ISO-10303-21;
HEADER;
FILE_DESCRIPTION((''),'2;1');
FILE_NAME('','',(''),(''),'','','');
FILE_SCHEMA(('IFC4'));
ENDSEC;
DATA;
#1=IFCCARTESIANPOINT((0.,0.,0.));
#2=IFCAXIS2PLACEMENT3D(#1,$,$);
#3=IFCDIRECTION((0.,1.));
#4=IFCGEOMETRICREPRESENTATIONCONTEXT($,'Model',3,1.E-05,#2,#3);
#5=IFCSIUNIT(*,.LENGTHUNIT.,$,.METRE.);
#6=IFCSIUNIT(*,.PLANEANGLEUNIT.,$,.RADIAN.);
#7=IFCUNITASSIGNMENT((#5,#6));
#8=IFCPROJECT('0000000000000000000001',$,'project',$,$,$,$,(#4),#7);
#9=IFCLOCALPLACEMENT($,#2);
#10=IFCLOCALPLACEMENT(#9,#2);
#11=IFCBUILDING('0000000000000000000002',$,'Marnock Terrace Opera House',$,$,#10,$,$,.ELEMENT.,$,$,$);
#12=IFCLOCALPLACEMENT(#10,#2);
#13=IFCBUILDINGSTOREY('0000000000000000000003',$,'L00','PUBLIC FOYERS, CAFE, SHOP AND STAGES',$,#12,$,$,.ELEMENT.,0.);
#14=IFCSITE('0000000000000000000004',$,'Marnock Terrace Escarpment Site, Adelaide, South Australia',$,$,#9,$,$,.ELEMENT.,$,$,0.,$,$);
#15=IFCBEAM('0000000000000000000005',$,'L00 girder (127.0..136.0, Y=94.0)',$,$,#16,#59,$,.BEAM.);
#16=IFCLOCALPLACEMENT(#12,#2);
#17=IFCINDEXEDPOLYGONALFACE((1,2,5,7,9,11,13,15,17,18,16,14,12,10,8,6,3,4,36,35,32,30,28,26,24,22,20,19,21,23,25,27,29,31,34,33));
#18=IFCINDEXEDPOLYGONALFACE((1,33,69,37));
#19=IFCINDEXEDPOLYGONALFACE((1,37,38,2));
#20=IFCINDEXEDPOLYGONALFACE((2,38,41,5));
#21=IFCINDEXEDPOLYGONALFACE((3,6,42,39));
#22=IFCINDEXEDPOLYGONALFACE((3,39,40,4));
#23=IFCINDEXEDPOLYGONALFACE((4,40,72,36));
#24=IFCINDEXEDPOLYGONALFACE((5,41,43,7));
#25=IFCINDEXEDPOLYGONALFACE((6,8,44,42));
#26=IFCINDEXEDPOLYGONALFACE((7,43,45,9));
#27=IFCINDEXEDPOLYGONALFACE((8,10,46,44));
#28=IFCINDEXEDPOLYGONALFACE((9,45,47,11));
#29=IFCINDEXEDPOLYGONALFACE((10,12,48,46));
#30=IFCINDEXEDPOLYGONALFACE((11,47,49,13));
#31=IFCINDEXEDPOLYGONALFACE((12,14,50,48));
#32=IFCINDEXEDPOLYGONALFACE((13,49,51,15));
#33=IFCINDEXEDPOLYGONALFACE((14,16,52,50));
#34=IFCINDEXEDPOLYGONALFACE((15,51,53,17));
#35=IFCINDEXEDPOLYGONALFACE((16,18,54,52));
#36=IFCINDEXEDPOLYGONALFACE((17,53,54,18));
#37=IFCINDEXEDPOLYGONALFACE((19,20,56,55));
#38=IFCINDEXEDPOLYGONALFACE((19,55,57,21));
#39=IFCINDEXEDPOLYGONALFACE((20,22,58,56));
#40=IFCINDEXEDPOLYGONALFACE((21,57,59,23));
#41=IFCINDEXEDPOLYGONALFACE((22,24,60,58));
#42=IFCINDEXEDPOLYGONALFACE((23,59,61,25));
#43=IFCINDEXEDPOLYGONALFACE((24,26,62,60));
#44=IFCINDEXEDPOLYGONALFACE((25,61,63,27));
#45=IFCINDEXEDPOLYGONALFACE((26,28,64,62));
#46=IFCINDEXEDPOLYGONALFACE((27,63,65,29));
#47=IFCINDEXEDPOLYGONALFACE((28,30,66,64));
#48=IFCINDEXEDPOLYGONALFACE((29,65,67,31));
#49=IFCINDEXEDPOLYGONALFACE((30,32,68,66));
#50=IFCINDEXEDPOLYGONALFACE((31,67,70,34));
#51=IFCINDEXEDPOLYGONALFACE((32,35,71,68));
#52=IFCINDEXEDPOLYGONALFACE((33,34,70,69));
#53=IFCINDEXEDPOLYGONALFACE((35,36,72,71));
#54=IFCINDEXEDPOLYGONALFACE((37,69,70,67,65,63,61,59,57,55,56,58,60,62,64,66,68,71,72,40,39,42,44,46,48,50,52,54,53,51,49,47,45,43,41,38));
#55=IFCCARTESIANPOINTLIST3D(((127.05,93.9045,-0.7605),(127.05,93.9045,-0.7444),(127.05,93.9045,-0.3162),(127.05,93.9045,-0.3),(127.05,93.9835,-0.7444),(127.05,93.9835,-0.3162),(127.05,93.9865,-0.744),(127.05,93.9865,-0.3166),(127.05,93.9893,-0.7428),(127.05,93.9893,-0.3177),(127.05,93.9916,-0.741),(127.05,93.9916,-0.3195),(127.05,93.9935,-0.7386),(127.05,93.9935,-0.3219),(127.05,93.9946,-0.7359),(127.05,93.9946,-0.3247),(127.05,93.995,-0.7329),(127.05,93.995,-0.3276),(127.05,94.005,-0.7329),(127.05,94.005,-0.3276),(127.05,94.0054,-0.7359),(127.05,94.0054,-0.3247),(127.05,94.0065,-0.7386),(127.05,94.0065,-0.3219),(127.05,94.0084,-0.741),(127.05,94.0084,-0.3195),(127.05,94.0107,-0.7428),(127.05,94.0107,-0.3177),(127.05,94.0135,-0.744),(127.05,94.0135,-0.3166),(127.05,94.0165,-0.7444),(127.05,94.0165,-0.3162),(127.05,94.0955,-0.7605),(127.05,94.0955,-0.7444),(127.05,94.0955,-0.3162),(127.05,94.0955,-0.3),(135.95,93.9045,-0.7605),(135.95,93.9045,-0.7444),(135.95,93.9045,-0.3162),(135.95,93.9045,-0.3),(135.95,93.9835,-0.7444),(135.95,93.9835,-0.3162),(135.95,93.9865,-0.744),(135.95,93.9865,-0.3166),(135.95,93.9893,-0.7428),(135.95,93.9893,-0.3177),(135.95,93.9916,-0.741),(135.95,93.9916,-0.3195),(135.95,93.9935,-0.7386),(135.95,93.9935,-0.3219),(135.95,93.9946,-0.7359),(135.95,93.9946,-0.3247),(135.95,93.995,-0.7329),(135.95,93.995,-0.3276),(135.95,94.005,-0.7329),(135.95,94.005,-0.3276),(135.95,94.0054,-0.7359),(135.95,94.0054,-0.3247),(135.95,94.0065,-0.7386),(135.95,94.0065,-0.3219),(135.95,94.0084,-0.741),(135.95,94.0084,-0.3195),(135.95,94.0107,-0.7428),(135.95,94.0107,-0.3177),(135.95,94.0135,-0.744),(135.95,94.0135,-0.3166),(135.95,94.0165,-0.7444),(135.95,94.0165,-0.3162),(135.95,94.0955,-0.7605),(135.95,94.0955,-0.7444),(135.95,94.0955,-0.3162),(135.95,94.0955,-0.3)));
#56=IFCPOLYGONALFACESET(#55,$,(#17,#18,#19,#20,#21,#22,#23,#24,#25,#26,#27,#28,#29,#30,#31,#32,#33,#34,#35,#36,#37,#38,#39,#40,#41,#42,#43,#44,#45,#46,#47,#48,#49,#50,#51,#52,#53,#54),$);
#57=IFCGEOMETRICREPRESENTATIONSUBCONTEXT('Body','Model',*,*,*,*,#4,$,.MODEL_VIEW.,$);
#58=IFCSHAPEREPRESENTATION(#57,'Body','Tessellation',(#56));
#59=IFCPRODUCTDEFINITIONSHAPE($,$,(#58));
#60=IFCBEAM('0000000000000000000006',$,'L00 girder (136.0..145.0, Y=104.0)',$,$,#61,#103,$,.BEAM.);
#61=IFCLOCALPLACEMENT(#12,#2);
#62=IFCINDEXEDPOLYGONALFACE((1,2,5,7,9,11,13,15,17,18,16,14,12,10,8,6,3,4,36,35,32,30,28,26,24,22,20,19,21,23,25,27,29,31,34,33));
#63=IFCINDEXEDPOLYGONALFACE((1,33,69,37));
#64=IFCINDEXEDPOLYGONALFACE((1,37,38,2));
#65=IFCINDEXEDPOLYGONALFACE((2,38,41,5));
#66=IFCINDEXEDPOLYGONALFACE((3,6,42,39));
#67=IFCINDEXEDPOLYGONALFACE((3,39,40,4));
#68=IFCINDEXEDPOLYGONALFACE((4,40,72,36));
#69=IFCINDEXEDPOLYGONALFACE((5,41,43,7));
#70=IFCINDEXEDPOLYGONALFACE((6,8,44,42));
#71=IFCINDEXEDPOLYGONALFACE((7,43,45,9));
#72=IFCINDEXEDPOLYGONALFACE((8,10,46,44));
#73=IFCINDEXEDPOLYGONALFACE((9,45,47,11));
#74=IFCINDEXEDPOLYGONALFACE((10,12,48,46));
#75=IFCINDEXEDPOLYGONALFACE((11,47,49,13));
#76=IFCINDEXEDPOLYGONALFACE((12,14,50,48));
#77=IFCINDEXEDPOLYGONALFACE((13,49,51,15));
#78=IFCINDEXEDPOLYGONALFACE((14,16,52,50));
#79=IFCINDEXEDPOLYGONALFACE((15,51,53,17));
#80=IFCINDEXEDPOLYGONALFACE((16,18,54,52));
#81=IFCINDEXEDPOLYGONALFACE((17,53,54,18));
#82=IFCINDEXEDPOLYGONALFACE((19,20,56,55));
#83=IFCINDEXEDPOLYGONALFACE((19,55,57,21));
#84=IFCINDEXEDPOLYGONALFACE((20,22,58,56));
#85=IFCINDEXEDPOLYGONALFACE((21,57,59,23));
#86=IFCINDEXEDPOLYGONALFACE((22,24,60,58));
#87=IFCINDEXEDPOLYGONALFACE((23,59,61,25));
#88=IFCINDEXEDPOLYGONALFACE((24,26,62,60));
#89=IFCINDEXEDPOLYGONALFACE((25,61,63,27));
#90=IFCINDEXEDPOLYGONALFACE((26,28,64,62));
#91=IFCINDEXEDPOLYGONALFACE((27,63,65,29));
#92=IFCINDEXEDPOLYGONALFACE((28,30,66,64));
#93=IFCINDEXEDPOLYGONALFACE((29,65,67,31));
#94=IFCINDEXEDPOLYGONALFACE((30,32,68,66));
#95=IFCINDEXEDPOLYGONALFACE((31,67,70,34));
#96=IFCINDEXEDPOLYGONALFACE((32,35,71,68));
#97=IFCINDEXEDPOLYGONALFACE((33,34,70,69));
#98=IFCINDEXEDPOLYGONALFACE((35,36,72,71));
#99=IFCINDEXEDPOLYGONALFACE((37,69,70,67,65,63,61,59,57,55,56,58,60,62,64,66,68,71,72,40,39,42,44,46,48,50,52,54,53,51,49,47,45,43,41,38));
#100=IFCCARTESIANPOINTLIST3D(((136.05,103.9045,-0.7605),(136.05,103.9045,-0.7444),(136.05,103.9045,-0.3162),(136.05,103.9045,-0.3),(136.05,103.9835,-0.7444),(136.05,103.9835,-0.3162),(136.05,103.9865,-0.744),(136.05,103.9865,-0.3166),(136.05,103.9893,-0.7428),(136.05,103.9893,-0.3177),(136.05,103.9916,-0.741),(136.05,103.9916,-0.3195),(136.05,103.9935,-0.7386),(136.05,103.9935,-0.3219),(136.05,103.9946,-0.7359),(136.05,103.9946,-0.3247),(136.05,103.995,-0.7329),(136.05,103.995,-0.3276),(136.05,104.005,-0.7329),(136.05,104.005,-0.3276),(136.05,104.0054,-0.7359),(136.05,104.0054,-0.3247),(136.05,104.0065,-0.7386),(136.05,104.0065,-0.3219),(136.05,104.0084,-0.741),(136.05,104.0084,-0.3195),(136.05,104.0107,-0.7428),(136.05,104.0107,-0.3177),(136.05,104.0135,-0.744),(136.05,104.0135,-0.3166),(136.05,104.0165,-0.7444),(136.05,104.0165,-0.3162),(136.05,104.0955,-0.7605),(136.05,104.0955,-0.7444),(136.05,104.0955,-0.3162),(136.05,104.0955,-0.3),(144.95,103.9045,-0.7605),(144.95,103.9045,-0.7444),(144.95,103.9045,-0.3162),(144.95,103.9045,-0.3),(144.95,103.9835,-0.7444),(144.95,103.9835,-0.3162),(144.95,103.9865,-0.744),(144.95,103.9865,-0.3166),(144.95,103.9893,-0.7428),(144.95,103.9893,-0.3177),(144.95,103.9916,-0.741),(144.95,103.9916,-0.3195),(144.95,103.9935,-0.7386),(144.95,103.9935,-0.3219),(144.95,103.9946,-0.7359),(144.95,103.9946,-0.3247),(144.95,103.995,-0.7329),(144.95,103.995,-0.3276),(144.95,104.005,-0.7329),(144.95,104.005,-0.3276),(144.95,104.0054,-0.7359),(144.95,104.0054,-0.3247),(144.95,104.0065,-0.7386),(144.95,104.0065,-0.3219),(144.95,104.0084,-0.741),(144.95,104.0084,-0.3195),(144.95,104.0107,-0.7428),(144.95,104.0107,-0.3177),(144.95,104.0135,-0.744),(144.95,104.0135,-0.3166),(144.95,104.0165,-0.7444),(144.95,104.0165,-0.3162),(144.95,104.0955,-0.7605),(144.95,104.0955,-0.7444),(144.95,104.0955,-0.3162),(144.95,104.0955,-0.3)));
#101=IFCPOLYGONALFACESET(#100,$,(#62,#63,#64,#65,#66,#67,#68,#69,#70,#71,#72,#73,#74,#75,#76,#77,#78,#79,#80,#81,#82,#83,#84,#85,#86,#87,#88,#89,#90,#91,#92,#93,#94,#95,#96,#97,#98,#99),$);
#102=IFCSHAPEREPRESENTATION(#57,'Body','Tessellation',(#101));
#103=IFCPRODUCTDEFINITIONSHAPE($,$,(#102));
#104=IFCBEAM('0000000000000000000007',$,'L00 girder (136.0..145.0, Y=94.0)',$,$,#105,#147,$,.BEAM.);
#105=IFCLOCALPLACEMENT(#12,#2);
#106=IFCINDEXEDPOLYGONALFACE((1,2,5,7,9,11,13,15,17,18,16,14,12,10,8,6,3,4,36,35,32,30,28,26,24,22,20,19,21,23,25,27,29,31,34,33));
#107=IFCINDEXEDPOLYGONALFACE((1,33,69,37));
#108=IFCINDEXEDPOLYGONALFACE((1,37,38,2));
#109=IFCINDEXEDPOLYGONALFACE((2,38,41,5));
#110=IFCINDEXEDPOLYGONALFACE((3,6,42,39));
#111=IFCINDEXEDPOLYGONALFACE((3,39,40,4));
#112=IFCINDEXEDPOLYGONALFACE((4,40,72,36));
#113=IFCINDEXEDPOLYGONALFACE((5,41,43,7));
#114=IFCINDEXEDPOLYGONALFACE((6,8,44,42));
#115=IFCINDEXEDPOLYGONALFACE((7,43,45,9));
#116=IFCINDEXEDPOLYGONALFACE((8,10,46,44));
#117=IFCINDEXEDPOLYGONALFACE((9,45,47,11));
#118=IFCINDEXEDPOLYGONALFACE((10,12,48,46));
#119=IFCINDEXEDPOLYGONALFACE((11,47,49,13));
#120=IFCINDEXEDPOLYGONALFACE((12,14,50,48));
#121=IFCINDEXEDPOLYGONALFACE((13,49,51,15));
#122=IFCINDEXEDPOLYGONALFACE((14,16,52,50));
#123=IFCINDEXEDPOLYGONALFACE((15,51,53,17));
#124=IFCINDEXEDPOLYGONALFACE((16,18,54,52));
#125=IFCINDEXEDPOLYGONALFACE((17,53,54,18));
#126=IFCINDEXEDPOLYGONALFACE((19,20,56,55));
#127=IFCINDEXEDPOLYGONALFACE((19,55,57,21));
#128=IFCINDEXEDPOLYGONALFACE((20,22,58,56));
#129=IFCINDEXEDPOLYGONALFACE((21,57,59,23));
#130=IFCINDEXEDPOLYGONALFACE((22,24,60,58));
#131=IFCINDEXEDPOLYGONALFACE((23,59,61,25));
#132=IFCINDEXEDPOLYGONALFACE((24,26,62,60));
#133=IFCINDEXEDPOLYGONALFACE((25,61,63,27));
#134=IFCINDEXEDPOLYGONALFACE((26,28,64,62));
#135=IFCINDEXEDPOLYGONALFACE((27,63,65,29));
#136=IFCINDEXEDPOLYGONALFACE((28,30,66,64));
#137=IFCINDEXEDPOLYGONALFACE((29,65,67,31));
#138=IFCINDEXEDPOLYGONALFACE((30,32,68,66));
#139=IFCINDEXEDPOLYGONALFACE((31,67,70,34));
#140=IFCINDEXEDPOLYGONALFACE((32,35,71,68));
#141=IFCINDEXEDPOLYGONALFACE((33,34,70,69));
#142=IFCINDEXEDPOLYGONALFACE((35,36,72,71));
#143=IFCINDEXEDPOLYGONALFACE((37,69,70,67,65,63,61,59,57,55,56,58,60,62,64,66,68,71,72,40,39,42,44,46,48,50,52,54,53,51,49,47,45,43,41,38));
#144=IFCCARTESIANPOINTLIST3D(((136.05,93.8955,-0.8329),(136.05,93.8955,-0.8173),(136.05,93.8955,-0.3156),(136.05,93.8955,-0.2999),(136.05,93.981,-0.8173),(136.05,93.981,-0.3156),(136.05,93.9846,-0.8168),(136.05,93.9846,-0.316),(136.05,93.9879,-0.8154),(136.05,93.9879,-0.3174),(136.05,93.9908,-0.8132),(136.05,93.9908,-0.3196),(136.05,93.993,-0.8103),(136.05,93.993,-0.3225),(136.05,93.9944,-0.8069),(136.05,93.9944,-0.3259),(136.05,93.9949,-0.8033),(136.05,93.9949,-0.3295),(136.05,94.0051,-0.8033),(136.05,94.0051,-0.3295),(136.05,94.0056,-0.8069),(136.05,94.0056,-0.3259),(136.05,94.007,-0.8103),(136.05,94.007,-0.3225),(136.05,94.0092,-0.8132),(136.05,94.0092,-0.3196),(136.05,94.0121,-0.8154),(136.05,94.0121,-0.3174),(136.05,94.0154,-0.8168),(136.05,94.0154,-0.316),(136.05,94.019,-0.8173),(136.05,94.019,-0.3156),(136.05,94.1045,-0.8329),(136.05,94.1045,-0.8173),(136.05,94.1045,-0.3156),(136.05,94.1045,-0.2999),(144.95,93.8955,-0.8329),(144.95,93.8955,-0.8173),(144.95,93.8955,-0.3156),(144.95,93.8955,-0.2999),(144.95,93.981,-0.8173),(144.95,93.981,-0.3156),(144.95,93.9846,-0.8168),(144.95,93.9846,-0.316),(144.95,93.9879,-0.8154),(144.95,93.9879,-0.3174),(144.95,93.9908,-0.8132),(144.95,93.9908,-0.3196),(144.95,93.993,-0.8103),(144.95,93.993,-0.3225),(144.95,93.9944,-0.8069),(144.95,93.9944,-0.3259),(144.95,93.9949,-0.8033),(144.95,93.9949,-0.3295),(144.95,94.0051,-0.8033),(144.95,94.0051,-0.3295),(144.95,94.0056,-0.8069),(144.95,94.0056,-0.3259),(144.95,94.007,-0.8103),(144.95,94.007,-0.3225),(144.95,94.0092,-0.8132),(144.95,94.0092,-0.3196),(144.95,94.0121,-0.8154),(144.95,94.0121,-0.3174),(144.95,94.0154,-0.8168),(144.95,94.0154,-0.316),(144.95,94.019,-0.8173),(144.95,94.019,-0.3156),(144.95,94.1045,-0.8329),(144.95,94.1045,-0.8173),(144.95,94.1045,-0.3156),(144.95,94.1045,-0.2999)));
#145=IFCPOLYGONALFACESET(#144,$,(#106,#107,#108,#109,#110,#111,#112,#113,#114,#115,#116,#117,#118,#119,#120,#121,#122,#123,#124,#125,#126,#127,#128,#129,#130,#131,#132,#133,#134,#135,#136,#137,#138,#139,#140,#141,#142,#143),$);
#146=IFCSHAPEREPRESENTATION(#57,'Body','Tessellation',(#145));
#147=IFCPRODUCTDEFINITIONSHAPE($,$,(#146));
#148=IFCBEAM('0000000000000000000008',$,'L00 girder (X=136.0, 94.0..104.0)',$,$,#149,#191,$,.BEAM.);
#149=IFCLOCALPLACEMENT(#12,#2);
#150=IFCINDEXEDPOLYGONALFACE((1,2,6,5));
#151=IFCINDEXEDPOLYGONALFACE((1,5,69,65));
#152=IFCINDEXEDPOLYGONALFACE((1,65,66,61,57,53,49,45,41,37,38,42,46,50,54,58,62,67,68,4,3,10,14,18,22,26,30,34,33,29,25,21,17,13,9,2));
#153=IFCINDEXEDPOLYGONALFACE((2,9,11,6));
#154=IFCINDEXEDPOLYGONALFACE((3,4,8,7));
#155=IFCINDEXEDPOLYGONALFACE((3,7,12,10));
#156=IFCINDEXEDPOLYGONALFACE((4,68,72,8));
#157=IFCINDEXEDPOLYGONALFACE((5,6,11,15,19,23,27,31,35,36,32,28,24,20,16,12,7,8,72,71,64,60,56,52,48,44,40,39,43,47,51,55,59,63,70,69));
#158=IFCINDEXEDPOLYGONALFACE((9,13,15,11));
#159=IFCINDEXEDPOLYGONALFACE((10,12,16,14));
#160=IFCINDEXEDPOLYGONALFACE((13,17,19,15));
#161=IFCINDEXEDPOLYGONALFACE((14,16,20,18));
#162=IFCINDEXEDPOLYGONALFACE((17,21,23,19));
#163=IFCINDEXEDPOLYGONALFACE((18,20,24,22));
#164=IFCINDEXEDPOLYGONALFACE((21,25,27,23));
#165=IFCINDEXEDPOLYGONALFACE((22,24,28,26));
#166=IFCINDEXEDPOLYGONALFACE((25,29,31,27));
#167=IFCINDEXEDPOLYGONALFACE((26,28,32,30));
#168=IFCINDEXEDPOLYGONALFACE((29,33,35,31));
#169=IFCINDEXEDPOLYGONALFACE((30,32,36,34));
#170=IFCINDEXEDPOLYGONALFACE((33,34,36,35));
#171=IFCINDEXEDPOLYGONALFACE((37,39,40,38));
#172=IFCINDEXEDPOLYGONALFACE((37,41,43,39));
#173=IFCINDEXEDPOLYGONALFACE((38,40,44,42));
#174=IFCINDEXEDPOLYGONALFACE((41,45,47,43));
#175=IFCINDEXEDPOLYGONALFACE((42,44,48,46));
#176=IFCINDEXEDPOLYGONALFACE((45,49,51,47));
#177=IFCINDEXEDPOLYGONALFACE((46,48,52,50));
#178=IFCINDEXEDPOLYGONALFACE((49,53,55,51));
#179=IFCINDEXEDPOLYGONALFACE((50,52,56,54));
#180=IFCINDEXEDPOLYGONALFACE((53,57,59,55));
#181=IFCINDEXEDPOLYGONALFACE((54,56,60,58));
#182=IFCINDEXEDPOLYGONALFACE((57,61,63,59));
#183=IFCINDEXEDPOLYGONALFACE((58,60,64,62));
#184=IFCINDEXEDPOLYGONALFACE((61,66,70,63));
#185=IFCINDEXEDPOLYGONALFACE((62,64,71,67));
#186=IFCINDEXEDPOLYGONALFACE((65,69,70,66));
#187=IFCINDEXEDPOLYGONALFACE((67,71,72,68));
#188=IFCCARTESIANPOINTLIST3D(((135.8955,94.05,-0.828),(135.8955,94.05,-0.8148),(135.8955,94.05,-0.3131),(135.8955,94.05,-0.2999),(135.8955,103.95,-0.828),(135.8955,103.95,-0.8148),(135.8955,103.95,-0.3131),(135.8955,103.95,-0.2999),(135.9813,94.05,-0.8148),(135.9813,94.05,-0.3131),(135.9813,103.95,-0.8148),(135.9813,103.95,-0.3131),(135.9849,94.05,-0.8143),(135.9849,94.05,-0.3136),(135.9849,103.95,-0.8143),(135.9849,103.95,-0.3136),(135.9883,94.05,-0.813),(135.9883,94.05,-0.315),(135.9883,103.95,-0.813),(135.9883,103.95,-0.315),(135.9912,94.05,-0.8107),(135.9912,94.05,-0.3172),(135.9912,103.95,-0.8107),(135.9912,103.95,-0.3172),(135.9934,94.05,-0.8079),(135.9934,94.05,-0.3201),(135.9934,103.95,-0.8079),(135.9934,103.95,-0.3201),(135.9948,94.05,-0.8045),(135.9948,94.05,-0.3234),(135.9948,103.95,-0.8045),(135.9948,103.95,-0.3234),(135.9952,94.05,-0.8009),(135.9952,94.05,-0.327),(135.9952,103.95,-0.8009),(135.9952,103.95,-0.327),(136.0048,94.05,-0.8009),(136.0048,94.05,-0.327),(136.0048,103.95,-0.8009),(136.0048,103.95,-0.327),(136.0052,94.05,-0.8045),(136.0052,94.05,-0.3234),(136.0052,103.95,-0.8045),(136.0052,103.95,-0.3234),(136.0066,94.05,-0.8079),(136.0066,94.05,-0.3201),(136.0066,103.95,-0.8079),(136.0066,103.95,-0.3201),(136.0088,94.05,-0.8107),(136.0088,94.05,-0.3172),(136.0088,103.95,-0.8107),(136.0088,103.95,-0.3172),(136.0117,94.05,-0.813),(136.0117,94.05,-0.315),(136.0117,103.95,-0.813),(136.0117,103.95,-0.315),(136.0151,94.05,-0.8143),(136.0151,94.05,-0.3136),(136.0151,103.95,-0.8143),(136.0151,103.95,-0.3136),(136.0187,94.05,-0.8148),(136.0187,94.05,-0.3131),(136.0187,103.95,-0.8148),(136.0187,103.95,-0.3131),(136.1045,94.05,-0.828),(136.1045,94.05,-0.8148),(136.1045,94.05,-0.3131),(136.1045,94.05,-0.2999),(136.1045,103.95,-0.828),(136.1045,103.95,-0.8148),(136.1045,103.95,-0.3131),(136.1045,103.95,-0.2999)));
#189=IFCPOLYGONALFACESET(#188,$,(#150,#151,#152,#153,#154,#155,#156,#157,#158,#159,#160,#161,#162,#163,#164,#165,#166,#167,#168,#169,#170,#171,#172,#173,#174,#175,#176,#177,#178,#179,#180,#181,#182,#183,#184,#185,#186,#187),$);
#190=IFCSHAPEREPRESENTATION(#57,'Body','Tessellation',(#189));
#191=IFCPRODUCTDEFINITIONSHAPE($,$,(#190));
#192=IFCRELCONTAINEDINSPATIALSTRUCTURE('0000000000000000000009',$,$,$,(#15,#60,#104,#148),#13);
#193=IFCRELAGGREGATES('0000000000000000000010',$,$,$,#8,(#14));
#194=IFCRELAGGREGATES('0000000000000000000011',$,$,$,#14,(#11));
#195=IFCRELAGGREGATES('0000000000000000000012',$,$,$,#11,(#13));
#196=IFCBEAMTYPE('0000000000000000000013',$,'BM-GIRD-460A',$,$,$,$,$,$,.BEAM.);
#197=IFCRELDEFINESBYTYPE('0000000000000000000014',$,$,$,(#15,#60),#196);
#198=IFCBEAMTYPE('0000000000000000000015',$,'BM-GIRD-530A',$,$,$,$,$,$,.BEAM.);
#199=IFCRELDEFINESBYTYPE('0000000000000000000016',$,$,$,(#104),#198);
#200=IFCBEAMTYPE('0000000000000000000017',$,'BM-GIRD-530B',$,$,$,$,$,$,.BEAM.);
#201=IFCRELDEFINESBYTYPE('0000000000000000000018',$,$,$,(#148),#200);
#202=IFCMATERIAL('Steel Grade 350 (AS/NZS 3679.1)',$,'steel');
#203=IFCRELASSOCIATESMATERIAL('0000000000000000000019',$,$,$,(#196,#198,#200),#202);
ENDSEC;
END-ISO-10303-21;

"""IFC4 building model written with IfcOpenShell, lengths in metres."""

from ifc_helpers import new_model, si_unit, direction, frame, origin, origin_2d, place, context, subcontext, project, spatial, i_section, extrude, material, material_profile, profile_set, type_object, element, save


model = new_model("IFC4")

# Units and contexts
model_context = context("Model", 3, precision=1e-05, world=origin(), true_north=direction((0.0, 1.0)))
body_context = subcontext(model_context, "Body", "Model", "MODEL_VIEW")
ifc_project = project(units=[si_unit("LENGTHUNIT", "METRE"), si_unit("PLANEANGLEUNIT", "RADIAN")], contexts=[model_context])

# Site, building, storey
site_placement = place(None, origin())
site = spatial("IfcSite", under=ifc_project, at=site_placement, Name="Marnock Terrace Escarpment Site, Adelaide, South Australia", CompositionType="ELEMENT", RefElevation=0.0)
building_placement = place(site_placement, origin())
building = spatial("IfcBuilding", under=site, at=building_placement, Name="Marnock Terrace Opera House", CompositionType="ELEMENT")
storey_placement = place(building_placement, origin())
storey = spatial("IfcBuildingStorey", under=building, at=storey_placement, Name="L00", Description="PUBLIC FOYERS, CAFE, SHOP AND STAGES", CompositionType="ELEMENT", Elevation=0.0)

# Shared definitions
ifc_material_1 = material(Name="Steel Grade 350 (AS/NZS 3679.1)", Category="steel")

# Beams
ifc_material_profile_1 = material_profile(ifc_material_1, i_section(OverallWidth=0.1909, OverallDepth=0.4604, WebThickness=0.01, FlangeThickness=0.0161, FilletRadius=0.0115, at=origin_2d()))
ifc_profile_set_1 = profile_set([ifc_material_profile_1], Name="Steel Grade 350 (AS/NZS 3679.1)")
beam_type_1 = type_object("IfcBeamType", Name="BM-GIRD-460A", PredefinedType="BEAM", material=ifc_profile_set_1)
for number, where, z_axis, x_axis, name in (
    (1, (127.05, 94.0, -0.5303), (1.0, 0.0, 0.0), (0.0, 1.0, 0.0), "L00 girder (127.0..136.0, Y=94.0)"),
    (2, (136.05, 104.0, -0.5303), (1.0, 0.0, 0.0), (0.0, 1.0, 0.0), "L00 girder (136.0..145.0, Y=104.0)"),
):
    element("IfcBeam", number, at=place(storey_placement, frame(where, z_axis=z_axis, x_axis=x_axis)), inside=storey, type_object=beam_type_1, Name=name, PredefinedType="BEAM", context=body_context, shape_type="SweptSolid", body=[
        extrude(i_section(OverallWidth=0.1909, OverallDepth=0.4604, WebThickness=0.01, FlangeThickness=0.0161, FilletRadius=0.0115, at=origin_2d()), origin(), (0.0, 0.0, 1.0), 8.8999),
    ])
ifc_material_profile_2 = material_profile(ifc_material_1, i_section(OverallWidth=0.209, OverallDepth=0.533, WebThickness=0.0103, FlangeThickness=0.0156, FilletRadius=0.0139, at=origin_2d()))
ifc_profile_set_2 = profile_set([ifc_material_profile_2], Name="Steel Grade 350 (AS/NZS 3679.1)")
beam_type_2 = type_object("IfcBeamType", Name="BM-GIRD-530A", PredefinedType="BEAM", material=ifc_profile_set_2)
beam_1_placement = place(storey_placement, frame((136.05, 94.0, -0.5664), z_axis=(1.0, 0.0, 0.0), x_axis=(0.0, 1.0, 0.0)))
element("IfcBeam", 3, at=beam_1_placement, inside=storey, type_object=beam_type_2, Name="L00 girder (136.0..145.0, Y=94.0)", PredefinedType="BEAM", context=body_context, shape_type="SweptSolid", body=[
    extrude(i_section(OverallWidth=0.209, OverallDepth=0.533, WebThickness=0.0103, FlangeThickness=0.0156, FilletRadius=0.0139, at=origin_2d()), origin(), (0.0, 0.0, 1.0), 8.8999),
])
ifc_material_profile_3 = material_profile(ifc_material_1, i_section(OverallWidth=0.209, OverallDepth=0.5281, WebThickness=0.0095, FlangeThickness=0.0132, FilletRadius=0.0139, at=origin_2d()))
ifc_profile_set_3 = profile_set([ifc_material_profile_3], Name="Steel Grade 350 (AS/NZS 3679.1)")
beam_type_3 = type_object("IfcBeamType", Name="BM-GIRD-530B", PredefinedType="BEAM", material=ifc_profile_set_3)
beam_2_placement = place(storey_placement, frame((136.0, 94.05, -0.564), z_axis=(0.0, 1.0, 0.0), x_axis=(-1.0, 0.0, 0.0)))
element("IfcBeam", 4, at=beam_2_placement, inside=storey, type_object=beam_type_3, Name="L00 girder (X=136.0, 94.0..104.0)", PredefinedType="BEAM", context=body_context, shape_type="SweptSolid", body=[
    extrude(i_section(OverallWidth=0.209, OverallDepth=0.5281, WebThickness=0.0095, FlangeThickness=0.0132, FilletRadius=0.0139, at=origin_2d()), origin(), (0.0, 0.0, 1.0), 9.8999),
])

save(model, "model.ifc")
